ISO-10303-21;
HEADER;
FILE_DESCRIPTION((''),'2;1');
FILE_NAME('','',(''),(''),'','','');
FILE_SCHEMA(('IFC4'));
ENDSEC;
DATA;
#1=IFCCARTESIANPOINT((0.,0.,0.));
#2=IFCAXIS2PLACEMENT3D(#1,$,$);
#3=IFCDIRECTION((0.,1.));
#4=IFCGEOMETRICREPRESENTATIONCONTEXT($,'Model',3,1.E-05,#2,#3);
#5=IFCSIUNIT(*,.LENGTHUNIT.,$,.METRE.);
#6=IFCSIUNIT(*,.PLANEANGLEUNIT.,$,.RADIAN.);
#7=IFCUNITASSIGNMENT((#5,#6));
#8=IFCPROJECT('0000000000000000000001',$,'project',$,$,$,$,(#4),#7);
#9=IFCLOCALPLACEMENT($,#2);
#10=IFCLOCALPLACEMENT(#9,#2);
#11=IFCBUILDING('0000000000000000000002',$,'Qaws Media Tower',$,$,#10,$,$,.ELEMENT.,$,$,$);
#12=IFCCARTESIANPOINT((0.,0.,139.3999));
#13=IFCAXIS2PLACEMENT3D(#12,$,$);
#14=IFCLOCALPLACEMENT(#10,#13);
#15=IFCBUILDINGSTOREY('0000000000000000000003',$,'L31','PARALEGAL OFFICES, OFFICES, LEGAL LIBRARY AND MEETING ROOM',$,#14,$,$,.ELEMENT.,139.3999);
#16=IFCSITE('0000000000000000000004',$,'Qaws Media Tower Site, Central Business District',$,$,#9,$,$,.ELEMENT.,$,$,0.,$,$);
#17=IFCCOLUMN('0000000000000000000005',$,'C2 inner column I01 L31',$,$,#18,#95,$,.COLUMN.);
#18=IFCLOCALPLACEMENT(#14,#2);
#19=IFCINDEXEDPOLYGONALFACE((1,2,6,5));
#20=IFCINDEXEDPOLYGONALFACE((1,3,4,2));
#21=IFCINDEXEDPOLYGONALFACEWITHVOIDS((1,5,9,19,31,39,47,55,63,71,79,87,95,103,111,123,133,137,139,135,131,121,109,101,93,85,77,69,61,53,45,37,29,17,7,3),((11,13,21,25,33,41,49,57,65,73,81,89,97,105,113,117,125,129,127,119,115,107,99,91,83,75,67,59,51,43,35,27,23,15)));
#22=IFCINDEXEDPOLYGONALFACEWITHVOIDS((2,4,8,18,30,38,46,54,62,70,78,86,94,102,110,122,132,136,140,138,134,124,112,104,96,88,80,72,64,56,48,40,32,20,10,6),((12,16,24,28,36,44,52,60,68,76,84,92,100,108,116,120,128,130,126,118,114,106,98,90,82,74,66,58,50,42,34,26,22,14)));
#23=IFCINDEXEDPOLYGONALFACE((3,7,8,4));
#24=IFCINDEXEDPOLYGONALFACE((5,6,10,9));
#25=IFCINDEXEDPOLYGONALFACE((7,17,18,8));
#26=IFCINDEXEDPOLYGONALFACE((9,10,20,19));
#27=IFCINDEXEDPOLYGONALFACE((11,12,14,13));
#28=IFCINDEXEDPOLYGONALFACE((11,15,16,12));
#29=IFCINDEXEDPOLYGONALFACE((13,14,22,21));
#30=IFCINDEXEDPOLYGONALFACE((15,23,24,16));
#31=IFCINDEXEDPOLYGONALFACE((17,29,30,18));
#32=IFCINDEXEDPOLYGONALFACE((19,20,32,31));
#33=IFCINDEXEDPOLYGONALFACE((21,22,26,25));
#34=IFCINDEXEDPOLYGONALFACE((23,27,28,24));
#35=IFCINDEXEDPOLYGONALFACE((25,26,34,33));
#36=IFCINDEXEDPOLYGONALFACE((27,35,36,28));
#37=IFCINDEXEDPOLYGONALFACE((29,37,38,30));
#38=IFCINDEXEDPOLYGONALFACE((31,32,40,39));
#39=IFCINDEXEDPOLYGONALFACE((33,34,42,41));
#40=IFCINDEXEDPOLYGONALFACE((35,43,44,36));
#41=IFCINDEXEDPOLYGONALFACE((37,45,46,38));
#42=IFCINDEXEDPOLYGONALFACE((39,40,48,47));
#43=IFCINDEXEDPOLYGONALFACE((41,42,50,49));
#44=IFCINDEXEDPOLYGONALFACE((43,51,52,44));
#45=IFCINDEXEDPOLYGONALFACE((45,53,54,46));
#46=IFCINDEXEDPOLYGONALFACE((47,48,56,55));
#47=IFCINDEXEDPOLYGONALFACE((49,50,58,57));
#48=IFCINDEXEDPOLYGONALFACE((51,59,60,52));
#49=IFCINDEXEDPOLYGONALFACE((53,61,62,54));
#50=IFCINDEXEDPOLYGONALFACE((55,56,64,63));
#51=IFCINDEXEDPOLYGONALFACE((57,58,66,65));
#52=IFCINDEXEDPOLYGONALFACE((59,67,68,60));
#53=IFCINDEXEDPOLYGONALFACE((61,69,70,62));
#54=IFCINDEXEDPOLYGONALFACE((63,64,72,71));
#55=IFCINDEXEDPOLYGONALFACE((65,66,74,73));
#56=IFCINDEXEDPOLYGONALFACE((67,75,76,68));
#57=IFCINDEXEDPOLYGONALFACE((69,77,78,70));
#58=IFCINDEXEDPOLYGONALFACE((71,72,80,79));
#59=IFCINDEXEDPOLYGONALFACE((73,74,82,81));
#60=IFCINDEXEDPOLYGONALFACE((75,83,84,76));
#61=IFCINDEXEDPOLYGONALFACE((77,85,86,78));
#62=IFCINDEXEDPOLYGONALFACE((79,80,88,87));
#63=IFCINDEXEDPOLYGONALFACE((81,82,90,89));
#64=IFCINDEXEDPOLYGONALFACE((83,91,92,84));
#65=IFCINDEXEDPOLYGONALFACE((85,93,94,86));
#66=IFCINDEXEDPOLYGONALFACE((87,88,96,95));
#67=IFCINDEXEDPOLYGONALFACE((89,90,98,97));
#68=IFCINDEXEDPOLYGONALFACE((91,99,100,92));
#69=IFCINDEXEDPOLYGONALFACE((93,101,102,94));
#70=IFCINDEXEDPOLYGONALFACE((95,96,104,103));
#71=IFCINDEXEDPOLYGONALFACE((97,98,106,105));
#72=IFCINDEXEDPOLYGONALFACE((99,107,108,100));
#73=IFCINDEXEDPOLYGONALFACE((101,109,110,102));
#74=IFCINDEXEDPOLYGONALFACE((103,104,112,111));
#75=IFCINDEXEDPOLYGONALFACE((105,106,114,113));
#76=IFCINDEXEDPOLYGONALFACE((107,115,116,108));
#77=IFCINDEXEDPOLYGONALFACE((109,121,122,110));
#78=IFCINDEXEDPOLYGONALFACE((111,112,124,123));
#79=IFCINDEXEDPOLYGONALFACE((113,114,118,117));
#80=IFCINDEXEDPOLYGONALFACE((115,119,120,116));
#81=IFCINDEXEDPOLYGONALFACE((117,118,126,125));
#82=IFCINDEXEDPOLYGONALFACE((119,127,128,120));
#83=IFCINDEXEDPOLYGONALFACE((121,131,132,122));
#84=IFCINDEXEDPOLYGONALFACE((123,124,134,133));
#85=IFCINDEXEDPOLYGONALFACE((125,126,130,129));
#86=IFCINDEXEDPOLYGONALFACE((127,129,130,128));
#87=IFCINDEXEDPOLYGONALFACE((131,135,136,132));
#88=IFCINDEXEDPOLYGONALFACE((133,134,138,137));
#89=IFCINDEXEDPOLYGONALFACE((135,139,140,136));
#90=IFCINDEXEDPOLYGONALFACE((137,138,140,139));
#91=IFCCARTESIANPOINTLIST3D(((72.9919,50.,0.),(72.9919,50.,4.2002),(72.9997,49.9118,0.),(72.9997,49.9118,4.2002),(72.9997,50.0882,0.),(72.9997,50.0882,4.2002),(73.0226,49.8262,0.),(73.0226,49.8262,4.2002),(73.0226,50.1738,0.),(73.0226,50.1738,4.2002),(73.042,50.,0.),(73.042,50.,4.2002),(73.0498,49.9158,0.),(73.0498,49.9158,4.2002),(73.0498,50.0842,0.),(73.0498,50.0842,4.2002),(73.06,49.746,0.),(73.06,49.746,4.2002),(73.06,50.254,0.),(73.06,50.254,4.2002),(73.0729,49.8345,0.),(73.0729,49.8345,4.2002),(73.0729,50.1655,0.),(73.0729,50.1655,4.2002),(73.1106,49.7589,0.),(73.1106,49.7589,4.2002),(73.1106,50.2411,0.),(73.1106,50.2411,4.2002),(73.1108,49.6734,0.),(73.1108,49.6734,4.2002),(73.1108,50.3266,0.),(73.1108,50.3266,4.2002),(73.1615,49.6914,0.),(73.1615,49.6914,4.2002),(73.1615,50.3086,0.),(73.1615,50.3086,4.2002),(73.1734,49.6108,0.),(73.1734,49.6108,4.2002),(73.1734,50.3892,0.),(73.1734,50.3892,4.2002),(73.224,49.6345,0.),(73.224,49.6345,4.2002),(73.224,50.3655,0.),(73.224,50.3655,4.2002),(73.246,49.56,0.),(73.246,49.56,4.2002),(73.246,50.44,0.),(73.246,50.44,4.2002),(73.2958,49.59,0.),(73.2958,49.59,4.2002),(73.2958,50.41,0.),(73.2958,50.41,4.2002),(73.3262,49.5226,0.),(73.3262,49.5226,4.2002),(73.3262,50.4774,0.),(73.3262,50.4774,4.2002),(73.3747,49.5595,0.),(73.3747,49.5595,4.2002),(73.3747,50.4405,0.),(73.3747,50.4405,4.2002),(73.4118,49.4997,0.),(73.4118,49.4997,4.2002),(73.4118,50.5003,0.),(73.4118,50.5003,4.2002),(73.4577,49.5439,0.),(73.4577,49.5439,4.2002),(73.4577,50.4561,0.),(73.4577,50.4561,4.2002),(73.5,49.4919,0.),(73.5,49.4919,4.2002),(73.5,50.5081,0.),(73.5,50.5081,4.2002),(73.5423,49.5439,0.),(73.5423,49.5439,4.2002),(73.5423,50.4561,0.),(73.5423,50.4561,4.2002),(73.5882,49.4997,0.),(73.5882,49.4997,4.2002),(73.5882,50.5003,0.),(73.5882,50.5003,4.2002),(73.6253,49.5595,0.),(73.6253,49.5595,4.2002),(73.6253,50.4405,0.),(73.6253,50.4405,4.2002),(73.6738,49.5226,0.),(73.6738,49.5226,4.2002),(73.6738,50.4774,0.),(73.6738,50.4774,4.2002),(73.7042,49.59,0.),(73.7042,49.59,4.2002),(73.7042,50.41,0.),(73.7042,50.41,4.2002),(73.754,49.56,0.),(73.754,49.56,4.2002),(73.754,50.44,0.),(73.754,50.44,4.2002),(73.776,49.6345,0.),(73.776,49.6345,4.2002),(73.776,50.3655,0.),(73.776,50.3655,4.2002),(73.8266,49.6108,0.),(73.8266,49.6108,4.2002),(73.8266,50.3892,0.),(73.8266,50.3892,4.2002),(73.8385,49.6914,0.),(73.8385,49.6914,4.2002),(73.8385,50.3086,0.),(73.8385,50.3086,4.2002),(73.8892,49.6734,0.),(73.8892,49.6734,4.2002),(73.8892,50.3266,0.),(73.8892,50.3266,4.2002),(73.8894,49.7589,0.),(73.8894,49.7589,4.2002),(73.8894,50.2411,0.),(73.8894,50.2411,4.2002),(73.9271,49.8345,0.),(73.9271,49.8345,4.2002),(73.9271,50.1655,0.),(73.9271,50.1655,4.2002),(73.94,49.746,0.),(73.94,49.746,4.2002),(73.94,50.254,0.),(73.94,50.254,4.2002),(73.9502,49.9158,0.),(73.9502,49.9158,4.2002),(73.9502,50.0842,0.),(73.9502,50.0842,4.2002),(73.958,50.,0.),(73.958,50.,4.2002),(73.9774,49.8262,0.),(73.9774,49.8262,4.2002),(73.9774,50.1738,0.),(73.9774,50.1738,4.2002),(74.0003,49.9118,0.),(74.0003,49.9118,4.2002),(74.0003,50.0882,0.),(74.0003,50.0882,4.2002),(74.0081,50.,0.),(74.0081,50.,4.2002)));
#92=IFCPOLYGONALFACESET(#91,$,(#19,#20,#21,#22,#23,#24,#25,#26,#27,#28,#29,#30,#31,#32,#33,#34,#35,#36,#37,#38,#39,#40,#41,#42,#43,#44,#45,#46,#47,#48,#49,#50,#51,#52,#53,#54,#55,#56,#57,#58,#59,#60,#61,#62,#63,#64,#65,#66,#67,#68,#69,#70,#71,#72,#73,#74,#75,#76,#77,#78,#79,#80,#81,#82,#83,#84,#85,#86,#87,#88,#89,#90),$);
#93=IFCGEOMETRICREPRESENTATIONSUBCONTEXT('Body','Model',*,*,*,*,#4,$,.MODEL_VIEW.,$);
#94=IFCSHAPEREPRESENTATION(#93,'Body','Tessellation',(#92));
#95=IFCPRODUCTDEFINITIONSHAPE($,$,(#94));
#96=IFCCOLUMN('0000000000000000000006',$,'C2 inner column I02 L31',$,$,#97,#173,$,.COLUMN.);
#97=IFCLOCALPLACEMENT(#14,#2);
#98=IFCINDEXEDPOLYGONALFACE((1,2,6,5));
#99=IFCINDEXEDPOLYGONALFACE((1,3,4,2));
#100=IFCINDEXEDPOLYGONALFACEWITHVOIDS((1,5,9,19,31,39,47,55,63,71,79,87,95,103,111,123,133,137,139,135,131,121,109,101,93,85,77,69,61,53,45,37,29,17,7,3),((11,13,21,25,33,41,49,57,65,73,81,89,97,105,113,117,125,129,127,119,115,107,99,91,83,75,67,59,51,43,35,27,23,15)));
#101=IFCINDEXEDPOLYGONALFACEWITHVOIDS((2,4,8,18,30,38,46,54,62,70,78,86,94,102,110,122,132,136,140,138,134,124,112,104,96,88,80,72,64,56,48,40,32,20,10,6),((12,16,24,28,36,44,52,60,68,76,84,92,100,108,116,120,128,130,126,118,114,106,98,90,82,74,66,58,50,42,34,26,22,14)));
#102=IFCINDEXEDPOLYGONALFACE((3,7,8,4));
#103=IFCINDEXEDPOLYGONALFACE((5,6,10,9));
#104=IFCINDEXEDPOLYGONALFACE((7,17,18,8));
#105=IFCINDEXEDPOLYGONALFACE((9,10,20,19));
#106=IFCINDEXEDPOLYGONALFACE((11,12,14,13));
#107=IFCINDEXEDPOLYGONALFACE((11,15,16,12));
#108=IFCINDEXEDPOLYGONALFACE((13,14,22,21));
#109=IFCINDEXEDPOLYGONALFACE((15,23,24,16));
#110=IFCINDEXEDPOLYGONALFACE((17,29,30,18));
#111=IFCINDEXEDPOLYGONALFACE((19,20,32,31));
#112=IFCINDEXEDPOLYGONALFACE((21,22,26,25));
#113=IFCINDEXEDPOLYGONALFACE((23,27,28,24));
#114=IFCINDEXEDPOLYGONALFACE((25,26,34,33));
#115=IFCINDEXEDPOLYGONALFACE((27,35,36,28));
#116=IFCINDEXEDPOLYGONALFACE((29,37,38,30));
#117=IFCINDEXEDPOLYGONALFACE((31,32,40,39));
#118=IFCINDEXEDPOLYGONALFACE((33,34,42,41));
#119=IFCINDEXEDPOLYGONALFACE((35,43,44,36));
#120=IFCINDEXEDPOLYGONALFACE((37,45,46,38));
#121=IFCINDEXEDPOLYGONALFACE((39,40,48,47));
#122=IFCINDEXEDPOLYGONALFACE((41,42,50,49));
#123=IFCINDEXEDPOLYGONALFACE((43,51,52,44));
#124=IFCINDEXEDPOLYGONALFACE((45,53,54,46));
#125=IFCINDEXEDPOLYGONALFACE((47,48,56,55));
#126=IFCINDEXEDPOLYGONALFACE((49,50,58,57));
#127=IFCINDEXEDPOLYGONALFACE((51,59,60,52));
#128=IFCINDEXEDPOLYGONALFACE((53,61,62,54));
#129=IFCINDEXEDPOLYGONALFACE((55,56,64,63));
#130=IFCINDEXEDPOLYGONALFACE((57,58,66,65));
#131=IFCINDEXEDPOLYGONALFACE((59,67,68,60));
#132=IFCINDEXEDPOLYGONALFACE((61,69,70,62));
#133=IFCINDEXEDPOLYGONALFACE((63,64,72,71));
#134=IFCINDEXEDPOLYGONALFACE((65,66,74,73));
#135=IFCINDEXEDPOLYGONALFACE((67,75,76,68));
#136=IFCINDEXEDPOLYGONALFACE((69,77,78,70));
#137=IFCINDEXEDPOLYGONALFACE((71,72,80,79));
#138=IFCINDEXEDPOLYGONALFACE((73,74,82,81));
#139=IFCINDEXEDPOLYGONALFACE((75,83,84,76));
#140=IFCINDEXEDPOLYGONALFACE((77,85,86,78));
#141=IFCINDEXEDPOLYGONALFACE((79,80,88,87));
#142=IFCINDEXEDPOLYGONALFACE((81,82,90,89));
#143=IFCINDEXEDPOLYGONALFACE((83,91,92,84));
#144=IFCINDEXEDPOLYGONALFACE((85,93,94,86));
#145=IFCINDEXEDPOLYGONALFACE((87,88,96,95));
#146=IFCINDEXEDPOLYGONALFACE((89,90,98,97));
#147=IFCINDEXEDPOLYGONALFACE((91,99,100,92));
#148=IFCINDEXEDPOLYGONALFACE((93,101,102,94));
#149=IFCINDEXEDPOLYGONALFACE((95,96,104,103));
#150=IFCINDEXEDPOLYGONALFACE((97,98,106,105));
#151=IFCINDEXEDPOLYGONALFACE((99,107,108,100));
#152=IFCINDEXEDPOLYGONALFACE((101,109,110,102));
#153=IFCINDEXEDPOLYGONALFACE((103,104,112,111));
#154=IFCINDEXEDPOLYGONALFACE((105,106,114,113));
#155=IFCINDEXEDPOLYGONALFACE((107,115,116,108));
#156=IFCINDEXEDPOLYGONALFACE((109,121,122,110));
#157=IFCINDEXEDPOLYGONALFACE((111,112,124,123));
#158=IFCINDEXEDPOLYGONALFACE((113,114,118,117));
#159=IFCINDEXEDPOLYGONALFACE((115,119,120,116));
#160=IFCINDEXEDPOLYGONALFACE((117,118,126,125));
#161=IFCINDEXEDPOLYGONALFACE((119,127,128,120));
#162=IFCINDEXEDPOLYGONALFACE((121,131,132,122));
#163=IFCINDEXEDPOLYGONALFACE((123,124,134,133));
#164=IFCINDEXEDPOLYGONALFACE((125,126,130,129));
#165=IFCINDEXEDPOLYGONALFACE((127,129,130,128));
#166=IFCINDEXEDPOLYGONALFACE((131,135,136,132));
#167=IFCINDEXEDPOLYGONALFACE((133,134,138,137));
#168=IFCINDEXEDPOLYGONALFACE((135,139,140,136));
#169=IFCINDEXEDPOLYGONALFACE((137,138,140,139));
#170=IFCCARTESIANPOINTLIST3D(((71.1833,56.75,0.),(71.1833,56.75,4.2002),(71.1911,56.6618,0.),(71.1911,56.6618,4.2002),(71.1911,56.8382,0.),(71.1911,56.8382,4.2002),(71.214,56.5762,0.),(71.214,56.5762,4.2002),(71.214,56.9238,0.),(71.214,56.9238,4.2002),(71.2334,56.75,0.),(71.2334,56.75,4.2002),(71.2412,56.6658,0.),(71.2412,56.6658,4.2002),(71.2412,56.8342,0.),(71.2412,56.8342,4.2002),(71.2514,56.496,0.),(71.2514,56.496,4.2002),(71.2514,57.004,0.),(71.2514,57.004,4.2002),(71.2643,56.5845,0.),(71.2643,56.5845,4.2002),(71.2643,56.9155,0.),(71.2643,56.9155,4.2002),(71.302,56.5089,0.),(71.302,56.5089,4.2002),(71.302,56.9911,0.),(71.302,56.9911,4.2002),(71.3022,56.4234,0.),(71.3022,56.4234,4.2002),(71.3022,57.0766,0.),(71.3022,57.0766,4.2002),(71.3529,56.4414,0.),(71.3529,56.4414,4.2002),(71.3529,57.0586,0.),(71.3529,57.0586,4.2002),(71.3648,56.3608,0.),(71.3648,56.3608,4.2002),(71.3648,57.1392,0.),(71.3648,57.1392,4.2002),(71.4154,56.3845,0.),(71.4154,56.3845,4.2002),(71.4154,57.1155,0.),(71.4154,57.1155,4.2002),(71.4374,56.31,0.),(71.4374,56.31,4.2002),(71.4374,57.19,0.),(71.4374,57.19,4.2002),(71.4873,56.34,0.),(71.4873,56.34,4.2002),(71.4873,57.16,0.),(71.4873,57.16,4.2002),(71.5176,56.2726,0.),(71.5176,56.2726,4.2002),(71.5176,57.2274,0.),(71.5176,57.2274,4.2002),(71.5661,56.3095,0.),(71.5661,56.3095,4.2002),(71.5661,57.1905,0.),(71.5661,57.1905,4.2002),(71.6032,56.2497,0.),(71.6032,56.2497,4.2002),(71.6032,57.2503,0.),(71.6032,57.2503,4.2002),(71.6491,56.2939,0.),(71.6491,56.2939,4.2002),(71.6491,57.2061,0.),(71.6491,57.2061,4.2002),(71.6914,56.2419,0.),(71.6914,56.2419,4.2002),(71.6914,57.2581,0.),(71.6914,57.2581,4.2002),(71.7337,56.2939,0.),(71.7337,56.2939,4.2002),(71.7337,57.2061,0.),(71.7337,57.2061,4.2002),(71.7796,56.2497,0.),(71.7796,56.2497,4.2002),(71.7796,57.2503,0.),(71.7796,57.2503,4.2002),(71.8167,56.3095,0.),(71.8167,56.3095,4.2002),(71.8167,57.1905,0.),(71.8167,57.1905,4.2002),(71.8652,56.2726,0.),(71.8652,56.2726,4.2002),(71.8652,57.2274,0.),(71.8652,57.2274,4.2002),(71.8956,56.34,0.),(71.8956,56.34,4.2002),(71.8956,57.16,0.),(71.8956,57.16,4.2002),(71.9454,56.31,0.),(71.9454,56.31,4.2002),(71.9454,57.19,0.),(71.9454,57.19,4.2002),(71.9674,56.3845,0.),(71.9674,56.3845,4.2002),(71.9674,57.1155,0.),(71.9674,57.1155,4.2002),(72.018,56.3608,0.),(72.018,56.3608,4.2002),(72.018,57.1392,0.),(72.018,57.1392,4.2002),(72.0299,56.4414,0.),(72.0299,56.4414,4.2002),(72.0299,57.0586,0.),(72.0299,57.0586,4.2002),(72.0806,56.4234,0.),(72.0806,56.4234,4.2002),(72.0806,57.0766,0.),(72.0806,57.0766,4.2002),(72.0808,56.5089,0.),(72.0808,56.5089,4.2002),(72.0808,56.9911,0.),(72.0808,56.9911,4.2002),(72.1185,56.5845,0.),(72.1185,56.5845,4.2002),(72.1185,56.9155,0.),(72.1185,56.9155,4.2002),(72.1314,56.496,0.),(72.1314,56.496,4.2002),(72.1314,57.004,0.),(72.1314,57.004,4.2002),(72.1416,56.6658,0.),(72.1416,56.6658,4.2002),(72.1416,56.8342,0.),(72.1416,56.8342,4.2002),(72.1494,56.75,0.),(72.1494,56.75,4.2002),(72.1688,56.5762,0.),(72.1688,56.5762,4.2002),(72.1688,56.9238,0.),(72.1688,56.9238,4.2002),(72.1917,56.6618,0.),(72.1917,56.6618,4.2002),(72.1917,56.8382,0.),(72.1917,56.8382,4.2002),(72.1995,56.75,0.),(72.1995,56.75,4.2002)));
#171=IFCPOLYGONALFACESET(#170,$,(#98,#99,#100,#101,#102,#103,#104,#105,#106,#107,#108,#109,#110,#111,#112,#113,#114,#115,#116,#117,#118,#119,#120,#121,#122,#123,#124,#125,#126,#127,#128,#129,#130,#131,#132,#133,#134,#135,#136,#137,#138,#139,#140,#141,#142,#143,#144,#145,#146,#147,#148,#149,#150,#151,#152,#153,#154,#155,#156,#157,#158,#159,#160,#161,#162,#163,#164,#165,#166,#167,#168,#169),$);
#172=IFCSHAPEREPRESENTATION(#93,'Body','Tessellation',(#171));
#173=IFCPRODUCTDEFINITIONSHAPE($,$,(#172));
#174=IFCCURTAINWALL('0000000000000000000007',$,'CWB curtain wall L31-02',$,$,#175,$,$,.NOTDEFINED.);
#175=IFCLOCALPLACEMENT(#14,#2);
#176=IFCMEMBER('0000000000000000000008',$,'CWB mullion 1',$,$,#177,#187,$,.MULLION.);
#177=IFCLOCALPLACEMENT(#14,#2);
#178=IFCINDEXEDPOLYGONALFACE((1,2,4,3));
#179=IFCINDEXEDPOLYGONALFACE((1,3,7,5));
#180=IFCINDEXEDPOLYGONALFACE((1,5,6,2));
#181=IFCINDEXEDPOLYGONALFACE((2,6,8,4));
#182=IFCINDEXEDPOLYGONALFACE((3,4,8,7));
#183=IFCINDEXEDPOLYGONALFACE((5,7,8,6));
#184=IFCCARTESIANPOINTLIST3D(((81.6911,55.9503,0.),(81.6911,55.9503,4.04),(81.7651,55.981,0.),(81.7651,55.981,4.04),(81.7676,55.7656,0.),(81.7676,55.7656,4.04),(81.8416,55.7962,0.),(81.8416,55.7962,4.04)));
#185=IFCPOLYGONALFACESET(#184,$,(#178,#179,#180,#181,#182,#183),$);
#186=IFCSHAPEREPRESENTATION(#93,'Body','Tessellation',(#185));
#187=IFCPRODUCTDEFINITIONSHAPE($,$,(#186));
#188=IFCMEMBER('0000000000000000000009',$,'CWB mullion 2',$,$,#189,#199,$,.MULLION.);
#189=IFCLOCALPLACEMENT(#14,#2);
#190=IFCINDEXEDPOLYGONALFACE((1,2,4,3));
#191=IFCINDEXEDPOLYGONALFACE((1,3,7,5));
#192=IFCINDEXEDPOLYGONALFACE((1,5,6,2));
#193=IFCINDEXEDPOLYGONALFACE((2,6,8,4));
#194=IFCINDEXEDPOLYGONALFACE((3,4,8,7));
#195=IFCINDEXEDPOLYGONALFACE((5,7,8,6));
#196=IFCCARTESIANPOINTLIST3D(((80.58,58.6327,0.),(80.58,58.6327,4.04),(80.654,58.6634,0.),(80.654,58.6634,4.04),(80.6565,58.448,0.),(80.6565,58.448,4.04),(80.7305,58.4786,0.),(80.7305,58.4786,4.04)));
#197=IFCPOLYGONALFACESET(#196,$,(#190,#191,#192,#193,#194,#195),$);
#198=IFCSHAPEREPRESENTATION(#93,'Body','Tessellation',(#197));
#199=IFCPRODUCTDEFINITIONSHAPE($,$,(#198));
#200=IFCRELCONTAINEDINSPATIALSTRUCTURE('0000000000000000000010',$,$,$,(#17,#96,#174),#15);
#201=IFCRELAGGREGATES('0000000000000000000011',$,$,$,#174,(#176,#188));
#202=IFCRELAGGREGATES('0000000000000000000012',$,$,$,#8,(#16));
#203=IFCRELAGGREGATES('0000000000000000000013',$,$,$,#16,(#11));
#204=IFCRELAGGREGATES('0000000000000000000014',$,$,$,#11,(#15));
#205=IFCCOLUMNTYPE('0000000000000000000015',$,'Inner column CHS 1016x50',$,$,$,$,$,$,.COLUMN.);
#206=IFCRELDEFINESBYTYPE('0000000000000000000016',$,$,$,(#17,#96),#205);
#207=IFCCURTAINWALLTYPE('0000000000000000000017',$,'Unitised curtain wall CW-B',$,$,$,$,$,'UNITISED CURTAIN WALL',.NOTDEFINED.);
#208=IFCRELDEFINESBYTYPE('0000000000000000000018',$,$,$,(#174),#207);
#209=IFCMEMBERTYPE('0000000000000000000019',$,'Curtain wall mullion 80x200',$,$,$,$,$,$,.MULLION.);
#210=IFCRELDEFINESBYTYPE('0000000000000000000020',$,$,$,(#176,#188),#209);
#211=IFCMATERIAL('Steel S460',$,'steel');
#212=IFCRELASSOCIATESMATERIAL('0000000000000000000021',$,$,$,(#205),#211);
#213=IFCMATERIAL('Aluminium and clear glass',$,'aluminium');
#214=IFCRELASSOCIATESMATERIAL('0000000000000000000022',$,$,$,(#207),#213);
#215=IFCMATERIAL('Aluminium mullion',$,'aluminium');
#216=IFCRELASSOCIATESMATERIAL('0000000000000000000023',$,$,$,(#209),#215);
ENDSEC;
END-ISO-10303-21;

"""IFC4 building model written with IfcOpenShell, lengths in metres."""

from ifc_helpers import new_model, si_unit, direction, frame, origin, origin_2d, place, context, subcontext, project, spatial, rectangle, hollow_circle, extrude, material, material_profile, profile_set, type_object, element, aggregate, save


model = new_model("IFC4")

# Units and contexts
model_context = context("Model", 3, precision=1e-05, world=origin(), true_north=direction((0.0, 1.0)))
body_context = subcontext(model_context, "Body", "Model", "MODEL_VIEW")
ifc_project = project(units=[si_unit("LENGTHUNIT", "METRE"), si_unit("PLANEANGLEUNIT", "RADIAN")], contexts=[model_context])

# Site, building, storey
site_placement = place(None, origin())
site = spatial("IfcSite", under=ifc_project, at=site_placement, Name="Qaws Media Tower Site, Central Business District", CompositionType="ELEMENT", RefElevation=0.0)
building_placement = place(site_placement, origin())
building = spatial("IfcBuilding", under=site, at=building_placement, Name="Qaws Media Tower", CompositionType="ELEMENT")
storey_placement = place(building_placement, frame((0.0, 0.0, 139.3999)))
storey = spatial("IfcBuildingStorey", under=building, at=storey_placement, Name="L31", Description="PARALEGAL OFFICES, OFFICES, LEGAL LIBRARY AND MEETING ROOM", CompositionType="ELEMENT", Elevation=139.3999)

# Columns
ifc_material_1 = material(Name="Steel S460", Category="steel")
ifc_material_profile_1 = material_profile(ifc_material_1, hollow_circle(Radius=0.5081, WallThickness=0.05, at=origin_2d()), Name="CHS 1016x50")
ifc_profile_set_1 = profile_set([ifc_material_profile_1], Name="Steel S460")
column_type = type_object("IfcColumnType", Name="Inner column CHS 1016x50", PredefinedType="COLUMN", material=ifc_profile_set_1)
for number, where, z_axis, x_axis, name in (
    (1, (73.5, 50.0, 0.0), (0.0, 0.0, 1.0), (1.0, 0.0, 0.0), "C2 inner column I01 L31"),
    (2, (71.6914, 56.75, 0.0), (0.0, 0.0, 1.0), (1.0, 0.0, 0.0), "C2 inner column I02 L31"),
):
    element("IfcColumn", number, at=place(storey_placement, frame(where, z_axis=z_axis, x_axis=x_axis)), inside=storey, type_object=column_type, Name=name, PredefinedType="COLUMN", context=body_context, shape_type="SweptSolid", body=[
        extrude(hollow_circle(Radius=0.5081, WallThickness=0.05, at=origin_2d()), origin(), (0.0, 0.0, 1.0), 4.2002),
    ])

# Curtain wall, members
ifc_material_2 = material(Name="Aluminium and clear glass", Category="aluminium")
curtain_wall_type = type_object("IfcCurtainWallType", Name="Unitised curtain wall CW-B", ElementType="UNITISED CURTAIN WALL", PredefinedType="NOTDEFINED", material=ifc_material_2)
curtain_wall_1_placement = place(storey_placement, origin())
curtain_wall_1 = element("IfcCurtainWall", 3, at=curtain_wall_1_placement, inside=storey, type_object=curtain_wall_type, Name="CWB curtain wall L31-02", PredefinedType="NOTDEFINED")
ifc_material_3 = material(Name="Aluminium mullion", Category="aluminium")
ifc_material_profile_2 = material_profile(ifc_material_3, rectangle(XDim=0.0801, YDim=0.2, at=origin_2d()), Name="80x200")
ifc_profile_set_2 = profile_set([ifc_material_profile_2], Name="Aluminium mullion")
member_type_1 = type_object("IfcMemberType", Name="Curtain wall mullion 80x200", PredefinedType="MULLION", material=ifc_profile_set_2)
member_1_placement = place(storey_placement, frame((81.7664, 55.8733, 0.0), z_axis=(0.0, 0.0, 1.0), x_axis=(-0.92388, -0.382683, 0.0)))
member_1 = element("IfcMember", 4, at=member_1_placement, type_object=member_type_1, Name="CWB mullion 1", PredefinedType="MULLION", context=body_context, shape_type="SweptSolid", body=[
    extrude(rectangle(XDim=0.0801, YDim=0.2, at=origin_2d()), origin(), (0.0, 0.0, 1.0), 4.04),
])
member_2_placement = place(storey_placement, frame((80.6553, 58.5557, 0.0), z_axis=(0.0, 0.0, 1.0), x_axis=(-0.92388, -0.382683, 0.0)))
member_2 = element("IfcMember", 5, at=member_2_placement, type_object=member_type_1, Name="CWB mullion 2", PredefinedType="MULLION", context=body_context, shape_type="SweptSolid", body=[
    extrude(rectangle(XDim=0.0801, YDim=0.2, at=origin_2d()), origin(), (0.0, 0.0, 1.0), 4.04),
])

aggregate(curtain_wall_1, [member_1, member_2])

save(model, "model.ifc")
